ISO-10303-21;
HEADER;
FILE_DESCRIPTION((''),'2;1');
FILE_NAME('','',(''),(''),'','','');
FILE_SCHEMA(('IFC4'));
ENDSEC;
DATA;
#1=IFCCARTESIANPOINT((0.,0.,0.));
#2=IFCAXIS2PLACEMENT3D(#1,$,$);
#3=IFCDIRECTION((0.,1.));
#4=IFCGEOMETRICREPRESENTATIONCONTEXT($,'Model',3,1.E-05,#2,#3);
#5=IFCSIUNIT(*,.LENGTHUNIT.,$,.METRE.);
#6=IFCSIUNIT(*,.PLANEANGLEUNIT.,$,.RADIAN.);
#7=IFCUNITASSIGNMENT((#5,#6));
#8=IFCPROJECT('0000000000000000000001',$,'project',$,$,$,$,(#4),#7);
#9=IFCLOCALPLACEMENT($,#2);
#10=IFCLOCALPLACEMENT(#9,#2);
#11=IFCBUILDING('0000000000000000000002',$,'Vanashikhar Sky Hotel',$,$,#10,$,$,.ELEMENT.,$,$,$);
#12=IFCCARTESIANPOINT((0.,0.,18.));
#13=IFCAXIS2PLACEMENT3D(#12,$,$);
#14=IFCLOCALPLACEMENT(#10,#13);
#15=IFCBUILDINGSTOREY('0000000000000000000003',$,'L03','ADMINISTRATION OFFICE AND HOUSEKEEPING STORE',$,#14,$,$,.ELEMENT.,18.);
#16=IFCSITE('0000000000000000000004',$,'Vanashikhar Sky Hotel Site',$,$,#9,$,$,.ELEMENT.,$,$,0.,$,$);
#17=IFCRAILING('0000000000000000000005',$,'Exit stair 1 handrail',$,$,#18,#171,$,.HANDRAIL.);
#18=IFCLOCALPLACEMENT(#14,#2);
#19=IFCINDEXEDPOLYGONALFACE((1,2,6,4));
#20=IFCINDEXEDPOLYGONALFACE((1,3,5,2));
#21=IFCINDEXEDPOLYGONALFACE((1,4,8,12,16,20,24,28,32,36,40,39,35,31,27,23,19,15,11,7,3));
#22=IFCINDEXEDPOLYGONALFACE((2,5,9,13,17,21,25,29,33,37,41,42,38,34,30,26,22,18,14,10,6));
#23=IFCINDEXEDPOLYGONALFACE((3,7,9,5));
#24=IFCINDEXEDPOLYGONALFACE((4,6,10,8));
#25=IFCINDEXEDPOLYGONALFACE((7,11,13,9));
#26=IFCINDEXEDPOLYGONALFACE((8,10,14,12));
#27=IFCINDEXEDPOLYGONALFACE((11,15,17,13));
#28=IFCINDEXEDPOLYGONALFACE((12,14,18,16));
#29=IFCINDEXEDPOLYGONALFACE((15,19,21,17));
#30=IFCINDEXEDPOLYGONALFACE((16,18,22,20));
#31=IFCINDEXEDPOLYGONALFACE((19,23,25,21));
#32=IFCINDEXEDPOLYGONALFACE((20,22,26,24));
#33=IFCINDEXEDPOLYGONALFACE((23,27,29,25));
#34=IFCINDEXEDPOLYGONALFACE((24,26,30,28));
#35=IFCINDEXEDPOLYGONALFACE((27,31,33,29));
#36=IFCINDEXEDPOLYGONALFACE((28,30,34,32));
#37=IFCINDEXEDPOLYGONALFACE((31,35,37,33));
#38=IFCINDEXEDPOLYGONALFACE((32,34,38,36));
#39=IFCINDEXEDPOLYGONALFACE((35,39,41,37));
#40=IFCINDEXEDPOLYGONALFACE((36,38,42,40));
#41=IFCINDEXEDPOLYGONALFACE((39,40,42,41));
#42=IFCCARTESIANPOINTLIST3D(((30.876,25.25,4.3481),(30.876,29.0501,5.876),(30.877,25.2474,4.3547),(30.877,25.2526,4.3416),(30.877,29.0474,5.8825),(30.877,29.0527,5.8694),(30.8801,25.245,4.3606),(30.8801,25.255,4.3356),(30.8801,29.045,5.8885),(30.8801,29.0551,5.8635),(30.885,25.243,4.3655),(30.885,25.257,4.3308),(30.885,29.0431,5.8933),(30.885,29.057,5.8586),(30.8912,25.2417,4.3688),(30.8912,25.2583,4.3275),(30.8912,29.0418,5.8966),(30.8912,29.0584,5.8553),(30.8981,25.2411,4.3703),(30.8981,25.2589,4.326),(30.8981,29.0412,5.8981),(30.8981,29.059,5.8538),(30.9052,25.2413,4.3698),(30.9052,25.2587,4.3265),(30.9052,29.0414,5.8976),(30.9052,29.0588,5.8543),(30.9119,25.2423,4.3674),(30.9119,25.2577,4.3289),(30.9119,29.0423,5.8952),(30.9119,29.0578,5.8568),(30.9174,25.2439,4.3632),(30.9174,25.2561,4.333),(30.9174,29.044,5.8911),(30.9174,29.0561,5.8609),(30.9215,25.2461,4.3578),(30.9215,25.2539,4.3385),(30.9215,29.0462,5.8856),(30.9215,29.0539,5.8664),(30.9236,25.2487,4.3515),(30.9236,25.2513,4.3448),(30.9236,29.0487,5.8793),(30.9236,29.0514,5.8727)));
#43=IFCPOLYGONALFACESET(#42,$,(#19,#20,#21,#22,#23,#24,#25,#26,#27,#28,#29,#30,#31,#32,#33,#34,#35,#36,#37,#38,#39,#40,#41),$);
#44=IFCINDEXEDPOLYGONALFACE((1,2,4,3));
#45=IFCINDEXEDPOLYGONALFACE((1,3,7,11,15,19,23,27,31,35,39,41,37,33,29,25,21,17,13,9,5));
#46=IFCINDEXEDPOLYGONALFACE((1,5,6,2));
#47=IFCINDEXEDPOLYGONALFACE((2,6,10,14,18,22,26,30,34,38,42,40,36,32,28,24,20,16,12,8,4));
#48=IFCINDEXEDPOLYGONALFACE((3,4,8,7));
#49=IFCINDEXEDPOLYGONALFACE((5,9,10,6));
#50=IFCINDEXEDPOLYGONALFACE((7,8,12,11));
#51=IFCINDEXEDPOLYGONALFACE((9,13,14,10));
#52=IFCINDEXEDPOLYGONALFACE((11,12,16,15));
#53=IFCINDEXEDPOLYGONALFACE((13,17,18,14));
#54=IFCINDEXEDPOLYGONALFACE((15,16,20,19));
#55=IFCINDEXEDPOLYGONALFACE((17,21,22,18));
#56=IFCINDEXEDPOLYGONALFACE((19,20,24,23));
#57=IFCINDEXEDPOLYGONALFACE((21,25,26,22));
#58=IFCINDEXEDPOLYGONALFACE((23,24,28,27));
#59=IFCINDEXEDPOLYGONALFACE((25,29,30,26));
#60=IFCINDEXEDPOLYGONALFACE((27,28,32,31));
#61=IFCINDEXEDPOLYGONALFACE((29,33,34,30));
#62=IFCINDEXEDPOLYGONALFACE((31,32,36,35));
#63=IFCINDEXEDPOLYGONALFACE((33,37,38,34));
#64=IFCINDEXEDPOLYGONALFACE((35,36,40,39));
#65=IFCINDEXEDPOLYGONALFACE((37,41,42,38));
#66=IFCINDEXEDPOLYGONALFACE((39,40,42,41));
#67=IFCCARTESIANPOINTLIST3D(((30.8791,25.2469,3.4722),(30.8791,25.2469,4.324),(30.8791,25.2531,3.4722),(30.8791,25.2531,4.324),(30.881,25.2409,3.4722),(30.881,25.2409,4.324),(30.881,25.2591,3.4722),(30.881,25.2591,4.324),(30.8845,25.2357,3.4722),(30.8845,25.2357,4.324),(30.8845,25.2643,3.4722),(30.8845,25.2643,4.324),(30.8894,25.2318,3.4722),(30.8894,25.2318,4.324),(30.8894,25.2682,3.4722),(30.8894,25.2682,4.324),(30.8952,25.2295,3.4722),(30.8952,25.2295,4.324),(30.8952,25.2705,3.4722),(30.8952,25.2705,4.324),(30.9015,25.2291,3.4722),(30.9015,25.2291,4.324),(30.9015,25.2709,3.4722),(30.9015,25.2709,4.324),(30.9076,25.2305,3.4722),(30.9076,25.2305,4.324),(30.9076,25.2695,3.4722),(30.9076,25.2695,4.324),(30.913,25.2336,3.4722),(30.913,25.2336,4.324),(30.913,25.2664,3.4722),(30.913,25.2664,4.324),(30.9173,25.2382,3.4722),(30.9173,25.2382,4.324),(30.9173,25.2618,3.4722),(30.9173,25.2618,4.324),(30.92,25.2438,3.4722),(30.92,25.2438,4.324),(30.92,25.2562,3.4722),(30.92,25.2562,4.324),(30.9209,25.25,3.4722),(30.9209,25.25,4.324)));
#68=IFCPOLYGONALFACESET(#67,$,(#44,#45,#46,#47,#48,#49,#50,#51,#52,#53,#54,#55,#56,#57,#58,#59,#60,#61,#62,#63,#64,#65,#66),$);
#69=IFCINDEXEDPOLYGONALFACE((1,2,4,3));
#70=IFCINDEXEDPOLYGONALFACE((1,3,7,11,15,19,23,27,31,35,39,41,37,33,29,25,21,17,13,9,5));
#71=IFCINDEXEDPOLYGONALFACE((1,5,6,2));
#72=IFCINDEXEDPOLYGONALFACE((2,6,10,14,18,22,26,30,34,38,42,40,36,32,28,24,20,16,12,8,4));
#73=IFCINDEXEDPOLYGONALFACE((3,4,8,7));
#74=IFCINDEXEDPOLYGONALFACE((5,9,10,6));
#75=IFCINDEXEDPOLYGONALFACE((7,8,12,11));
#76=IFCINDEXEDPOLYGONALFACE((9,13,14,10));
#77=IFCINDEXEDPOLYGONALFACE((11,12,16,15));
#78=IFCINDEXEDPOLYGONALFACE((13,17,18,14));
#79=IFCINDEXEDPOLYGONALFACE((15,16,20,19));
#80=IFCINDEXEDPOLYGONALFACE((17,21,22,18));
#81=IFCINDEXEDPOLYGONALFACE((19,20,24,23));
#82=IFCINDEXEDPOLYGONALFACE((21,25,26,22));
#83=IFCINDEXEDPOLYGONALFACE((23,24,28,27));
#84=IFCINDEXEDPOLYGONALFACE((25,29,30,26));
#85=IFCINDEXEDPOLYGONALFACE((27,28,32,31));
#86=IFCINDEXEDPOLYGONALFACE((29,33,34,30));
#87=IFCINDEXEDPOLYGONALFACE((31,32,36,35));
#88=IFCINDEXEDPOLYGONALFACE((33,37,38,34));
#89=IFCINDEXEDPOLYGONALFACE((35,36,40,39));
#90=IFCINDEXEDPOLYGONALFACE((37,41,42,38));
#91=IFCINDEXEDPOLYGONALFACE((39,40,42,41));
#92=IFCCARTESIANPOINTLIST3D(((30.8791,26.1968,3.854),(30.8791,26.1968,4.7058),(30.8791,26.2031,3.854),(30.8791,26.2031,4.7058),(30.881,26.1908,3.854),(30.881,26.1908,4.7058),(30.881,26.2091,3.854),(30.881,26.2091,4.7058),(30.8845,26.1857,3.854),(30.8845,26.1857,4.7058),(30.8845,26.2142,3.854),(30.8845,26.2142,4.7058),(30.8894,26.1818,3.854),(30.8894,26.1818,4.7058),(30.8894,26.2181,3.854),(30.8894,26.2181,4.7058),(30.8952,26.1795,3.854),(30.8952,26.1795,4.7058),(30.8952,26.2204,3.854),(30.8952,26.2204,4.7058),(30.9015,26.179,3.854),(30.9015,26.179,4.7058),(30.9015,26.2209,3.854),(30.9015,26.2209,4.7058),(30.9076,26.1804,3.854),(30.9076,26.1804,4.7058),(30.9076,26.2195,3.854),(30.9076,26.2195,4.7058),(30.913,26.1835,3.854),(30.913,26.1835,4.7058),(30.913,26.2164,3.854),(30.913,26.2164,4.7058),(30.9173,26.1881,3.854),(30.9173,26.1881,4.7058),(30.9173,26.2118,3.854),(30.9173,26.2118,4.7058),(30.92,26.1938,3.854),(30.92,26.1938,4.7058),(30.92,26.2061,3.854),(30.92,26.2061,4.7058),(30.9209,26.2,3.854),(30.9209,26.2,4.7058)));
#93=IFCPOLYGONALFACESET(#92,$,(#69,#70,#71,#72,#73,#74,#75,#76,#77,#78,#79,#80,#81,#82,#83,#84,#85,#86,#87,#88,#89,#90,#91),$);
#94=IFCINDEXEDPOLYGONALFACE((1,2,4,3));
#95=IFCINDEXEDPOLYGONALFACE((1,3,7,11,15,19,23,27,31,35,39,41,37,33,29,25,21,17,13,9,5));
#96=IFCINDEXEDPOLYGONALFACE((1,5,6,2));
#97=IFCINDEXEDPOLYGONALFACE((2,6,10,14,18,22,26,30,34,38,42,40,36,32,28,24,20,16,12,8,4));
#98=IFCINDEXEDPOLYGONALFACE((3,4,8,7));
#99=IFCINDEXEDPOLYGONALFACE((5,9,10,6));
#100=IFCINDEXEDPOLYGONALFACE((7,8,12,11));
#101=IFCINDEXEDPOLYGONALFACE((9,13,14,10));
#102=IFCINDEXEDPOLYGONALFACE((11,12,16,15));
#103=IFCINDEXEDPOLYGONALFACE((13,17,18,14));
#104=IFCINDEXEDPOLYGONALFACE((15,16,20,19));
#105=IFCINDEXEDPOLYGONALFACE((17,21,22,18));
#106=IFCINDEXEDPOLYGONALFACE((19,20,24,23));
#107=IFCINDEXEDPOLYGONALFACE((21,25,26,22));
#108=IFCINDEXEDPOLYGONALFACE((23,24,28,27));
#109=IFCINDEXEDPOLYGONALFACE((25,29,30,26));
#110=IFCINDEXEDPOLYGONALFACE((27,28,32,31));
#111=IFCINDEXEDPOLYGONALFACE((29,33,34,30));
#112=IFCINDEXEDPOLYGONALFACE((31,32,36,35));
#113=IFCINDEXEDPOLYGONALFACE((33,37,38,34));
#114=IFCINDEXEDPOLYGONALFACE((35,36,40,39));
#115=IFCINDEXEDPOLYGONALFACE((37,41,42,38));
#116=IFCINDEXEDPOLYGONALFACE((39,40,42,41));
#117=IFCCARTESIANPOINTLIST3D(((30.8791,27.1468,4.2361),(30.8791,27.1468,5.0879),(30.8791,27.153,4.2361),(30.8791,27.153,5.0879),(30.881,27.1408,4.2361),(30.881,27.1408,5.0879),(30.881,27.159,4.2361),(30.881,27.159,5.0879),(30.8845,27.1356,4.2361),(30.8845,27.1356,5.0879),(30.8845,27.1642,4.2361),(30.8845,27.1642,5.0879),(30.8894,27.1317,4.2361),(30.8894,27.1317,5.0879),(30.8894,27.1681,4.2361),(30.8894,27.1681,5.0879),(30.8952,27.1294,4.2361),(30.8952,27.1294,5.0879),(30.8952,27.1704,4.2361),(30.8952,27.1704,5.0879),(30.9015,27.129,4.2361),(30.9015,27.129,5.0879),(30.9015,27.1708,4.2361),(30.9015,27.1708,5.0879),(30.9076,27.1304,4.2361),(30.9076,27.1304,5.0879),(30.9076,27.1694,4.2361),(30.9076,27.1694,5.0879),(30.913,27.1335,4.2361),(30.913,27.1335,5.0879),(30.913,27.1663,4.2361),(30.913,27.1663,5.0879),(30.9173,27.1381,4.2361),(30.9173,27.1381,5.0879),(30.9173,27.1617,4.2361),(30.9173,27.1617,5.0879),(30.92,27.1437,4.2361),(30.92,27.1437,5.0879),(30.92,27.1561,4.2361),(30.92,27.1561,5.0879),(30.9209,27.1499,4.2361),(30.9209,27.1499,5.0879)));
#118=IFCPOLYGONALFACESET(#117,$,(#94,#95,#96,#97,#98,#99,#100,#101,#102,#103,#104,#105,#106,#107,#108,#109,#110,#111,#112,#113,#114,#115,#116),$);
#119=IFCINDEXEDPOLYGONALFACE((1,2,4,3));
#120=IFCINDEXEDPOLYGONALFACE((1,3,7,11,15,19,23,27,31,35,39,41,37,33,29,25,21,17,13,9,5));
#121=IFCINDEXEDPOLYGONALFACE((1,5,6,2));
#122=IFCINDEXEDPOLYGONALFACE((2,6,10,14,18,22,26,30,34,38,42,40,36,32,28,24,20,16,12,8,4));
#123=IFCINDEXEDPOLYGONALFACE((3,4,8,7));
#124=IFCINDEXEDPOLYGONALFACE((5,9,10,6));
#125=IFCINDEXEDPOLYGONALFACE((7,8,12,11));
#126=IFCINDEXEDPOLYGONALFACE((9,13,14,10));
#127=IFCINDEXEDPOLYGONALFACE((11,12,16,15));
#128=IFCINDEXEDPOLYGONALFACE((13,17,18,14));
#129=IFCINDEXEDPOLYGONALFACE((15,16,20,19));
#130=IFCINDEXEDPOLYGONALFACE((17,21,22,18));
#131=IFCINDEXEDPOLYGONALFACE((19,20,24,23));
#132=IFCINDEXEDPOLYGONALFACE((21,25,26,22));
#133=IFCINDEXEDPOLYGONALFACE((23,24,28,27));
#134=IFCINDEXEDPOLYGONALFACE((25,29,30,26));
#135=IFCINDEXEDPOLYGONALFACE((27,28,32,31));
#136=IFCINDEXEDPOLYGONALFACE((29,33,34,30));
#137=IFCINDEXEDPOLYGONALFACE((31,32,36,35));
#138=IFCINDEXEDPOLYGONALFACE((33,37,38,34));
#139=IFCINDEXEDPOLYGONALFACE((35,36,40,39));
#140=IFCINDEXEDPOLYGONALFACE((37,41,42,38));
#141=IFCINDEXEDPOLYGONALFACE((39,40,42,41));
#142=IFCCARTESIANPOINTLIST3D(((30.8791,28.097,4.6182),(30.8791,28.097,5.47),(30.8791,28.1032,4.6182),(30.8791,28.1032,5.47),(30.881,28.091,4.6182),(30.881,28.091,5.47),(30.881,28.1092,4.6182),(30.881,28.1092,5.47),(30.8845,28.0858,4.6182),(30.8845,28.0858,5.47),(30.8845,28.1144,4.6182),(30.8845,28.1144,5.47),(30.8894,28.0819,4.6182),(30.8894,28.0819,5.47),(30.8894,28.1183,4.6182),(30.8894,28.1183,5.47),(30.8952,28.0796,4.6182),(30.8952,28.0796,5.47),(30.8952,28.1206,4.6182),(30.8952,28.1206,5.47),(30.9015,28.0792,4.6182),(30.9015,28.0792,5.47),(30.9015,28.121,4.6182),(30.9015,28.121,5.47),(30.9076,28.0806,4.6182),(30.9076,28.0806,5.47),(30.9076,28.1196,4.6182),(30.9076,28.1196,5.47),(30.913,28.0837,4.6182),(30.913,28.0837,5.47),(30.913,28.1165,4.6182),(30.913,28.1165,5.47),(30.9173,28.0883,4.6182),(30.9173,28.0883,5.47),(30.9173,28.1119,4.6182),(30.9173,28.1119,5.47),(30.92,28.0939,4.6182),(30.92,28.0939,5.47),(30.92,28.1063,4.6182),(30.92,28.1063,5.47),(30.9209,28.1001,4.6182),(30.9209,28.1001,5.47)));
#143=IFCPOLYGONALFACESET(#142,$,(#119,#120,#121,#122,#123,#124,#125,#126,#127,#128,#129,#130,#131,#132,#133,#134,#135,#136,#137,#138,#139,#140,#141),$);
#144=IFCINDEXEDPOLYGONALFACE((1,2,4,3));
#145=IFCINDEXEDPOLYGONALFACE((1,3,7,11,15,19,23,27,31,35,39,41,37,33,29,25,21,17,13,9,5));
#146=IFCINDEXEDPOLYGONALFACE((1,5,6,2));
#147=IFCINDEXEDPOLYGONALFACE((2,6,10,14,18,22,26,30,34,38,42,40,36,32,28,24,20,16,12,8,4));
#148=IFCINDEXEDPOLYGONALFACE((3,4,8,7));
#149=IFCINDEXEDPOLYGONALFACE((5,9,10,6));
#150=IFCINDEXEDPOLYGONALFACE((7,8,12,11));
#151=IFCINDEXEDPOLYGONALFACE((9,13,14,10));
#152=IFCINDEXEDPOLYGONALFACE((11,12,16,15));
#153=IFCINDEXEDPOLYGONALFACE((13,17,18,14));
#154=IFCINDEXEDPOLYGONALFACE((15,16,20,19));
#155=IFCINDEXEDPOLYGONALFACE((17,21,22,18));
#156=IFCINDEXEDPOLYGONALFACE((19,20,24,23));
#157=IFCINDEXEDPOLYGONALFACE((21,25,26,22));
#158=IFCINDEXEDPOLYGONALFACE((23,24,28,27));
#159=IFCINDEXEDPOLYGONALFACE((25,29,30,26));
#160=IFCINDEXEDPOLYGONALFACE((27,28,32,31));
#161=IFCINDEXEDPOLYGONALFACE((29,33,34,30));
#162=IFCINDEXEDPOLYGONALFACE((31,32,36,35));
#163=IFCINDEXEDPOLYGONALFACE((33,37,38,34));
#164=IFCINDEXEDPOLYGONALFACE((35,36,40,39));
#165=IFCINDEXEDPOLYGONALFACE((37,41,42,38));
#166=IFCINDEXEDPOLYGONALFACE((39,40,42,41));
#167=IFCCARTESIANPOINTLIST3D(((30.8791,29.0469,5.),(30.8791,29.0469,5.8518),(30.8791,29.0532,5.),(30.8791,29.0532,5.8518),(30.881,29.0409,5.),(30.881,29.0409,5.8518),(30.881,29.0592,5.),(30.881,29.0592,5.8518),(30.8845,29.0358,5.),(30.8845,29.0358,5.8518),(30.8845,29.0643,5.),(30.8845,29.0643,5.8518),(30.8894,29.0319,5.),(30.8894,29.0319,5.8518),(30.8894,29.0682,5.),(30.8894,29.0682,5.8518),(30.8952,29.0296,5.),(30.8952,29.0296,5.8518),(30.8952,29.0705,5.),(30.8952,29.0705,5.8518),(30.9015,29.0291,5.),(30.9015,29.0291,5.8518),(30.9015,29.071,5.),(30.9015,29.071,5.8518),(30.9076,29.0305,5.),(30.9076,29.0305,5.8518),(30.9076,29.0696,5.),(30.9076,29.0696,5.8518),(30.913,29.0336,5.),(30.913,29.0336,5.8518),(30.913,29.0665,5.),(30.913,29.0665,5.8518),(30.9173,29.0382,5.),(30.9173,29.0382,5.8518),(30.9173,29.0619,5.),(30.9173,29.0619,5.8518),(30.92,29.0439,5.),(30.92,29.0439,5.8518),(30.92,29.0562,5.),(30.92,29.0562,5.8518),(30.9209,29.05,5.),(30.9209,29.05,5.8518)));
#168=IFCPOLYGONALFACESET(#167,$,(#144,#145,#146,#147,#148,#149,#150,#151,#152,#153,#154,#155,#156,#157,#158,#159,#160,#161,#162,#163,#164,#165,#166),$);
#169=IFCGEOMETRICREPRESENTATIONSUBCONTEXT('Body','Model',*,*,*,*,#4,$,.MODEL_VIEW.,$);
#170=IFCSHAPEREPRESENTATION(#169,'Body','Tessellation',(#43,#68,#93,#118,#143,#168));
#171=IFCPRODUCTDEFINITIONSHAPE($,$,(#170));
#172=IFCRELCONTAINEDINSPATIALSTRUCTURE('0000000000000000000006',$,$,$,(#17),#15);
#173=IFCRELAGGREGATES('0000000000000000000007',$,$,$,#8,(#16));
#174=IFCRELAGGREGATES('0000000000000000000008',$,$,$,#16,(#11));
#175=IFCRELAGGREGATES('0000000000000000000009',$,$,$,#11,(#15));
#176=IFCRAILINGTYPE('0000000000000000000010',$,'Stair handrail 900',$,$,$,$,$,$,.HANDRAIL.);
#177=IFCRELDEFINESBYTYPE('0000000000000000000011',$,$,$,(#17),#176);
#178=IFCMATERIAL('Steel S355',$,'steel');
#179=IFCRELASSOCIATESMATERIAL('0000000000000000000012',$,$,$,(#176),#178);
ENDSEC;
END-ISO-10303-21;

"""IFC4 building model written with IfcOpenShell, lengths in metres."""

from ifc_helpers import new_model, si_unit, direction, frame, origin, origin_2d, place, context, subcontext, project, spatial, circle, extrude, source, transform, mapped, material, type_object, element, save


model = new_model("IFC4")

# Units and contexts
model_context = context("Model", 3, precision=1e-05, world=origin(), true_north=direction((0.0, 1.0)))
body_context = subcontext(model_context, "Body", "Model", "MODEL_VIEW")
ifc_project = project(units=[si_unit("LENGTHUNIT", "METRE"), si_unit("PLANEANGLEUNIT", "RADIAN")], contexts=[model_context])

# Site, building, storey
site_placement = place(None, origin())
site = spatial("IfcSite", under=ifc_project, at=site_placement, Name="Vanashikhar Sky Hotel Site", CompositionType="ELEMENT", RefElevation=0.0)
building_placement = place(site_placement, origin())
building = spatial("IfcBuilding", under=site, at=building_placement, Name="Vanashikhar Sky Hotel", CompositionType="ELEMENT")
storey_placement = place(building_placement, frame((0.0, 0.0, 18.0)))
storey = spatial("IfcBuildingStorey", under=building, at=storey_placement, Name="L03", Description="ADMINISTRATION OFFICE AND HOUSEKEEPING STORE", CompositionType="ELEMENT", Elevation=18.0)

# Railing
ifc_material_1 = material(Name="Steel S355", Category="steel")
railing_type = type_object("IfcRailingType", Name="Stair handrail 900", PredefinedType="HANDRAIL", material=ifc_material_1)
shared_shape_1 = source(origin(), body_context, "Body", "SweptSolid", [
    extrude(circle(Radius=0.0239, at=origin_2d()), frame((0.0, 0.0, 0.876), z_axis=(0.0, 0.927817, 0.373034), x_axis=(-1.0, 0.0, 0.0)), (0.0, 0.0, 1.0), 4.0957),
    extrude(circle(Radius=0.021, at=origin_2d()), origin(), (0.0, 0.0, 1.0), 0.8518),
    extrude(circle(Radius=0.021, at=origin_2d()), frame((0.0, 0.95, 0.3818)), (0.0, 0.0, 1.0), 0.8518),
    extrude(circle(Radius=0.021, at=origin_2d()), frame((0.0, 1.8999, 0.7639)), (0.0, 0.0, 1.0), 0.8518),
    extrude(circle(Radius=0.021, at=origin_2d()), frame((0.0, 2.8501, 1.146)), (0.0, 0.0, 1.0), 0.8518),
    extrude(circle(Radius=0.021, at=origin_2d()), frame((0.0, 3.8, 1.5278)), (0.0, 0.0, 1.0), 0.8518),
])
for number, where, name in (
    (1, (30.8999, 25.25, 3.4722), "Exit stair 1 handrail"),
):
    element("IfcRailing", number, at=place(storey_placement, frame(where)), inside=storey, type_object=railing_type, Name=name, PredefinedType="HANDRAIL", context=body_context, shape_type="MappedRepresentation", body=[
        mapped(shared_shape_1, transform((0.0, 0.0, 0.0), scale=1.0)),
    ])

save(model, "model.ifc")
